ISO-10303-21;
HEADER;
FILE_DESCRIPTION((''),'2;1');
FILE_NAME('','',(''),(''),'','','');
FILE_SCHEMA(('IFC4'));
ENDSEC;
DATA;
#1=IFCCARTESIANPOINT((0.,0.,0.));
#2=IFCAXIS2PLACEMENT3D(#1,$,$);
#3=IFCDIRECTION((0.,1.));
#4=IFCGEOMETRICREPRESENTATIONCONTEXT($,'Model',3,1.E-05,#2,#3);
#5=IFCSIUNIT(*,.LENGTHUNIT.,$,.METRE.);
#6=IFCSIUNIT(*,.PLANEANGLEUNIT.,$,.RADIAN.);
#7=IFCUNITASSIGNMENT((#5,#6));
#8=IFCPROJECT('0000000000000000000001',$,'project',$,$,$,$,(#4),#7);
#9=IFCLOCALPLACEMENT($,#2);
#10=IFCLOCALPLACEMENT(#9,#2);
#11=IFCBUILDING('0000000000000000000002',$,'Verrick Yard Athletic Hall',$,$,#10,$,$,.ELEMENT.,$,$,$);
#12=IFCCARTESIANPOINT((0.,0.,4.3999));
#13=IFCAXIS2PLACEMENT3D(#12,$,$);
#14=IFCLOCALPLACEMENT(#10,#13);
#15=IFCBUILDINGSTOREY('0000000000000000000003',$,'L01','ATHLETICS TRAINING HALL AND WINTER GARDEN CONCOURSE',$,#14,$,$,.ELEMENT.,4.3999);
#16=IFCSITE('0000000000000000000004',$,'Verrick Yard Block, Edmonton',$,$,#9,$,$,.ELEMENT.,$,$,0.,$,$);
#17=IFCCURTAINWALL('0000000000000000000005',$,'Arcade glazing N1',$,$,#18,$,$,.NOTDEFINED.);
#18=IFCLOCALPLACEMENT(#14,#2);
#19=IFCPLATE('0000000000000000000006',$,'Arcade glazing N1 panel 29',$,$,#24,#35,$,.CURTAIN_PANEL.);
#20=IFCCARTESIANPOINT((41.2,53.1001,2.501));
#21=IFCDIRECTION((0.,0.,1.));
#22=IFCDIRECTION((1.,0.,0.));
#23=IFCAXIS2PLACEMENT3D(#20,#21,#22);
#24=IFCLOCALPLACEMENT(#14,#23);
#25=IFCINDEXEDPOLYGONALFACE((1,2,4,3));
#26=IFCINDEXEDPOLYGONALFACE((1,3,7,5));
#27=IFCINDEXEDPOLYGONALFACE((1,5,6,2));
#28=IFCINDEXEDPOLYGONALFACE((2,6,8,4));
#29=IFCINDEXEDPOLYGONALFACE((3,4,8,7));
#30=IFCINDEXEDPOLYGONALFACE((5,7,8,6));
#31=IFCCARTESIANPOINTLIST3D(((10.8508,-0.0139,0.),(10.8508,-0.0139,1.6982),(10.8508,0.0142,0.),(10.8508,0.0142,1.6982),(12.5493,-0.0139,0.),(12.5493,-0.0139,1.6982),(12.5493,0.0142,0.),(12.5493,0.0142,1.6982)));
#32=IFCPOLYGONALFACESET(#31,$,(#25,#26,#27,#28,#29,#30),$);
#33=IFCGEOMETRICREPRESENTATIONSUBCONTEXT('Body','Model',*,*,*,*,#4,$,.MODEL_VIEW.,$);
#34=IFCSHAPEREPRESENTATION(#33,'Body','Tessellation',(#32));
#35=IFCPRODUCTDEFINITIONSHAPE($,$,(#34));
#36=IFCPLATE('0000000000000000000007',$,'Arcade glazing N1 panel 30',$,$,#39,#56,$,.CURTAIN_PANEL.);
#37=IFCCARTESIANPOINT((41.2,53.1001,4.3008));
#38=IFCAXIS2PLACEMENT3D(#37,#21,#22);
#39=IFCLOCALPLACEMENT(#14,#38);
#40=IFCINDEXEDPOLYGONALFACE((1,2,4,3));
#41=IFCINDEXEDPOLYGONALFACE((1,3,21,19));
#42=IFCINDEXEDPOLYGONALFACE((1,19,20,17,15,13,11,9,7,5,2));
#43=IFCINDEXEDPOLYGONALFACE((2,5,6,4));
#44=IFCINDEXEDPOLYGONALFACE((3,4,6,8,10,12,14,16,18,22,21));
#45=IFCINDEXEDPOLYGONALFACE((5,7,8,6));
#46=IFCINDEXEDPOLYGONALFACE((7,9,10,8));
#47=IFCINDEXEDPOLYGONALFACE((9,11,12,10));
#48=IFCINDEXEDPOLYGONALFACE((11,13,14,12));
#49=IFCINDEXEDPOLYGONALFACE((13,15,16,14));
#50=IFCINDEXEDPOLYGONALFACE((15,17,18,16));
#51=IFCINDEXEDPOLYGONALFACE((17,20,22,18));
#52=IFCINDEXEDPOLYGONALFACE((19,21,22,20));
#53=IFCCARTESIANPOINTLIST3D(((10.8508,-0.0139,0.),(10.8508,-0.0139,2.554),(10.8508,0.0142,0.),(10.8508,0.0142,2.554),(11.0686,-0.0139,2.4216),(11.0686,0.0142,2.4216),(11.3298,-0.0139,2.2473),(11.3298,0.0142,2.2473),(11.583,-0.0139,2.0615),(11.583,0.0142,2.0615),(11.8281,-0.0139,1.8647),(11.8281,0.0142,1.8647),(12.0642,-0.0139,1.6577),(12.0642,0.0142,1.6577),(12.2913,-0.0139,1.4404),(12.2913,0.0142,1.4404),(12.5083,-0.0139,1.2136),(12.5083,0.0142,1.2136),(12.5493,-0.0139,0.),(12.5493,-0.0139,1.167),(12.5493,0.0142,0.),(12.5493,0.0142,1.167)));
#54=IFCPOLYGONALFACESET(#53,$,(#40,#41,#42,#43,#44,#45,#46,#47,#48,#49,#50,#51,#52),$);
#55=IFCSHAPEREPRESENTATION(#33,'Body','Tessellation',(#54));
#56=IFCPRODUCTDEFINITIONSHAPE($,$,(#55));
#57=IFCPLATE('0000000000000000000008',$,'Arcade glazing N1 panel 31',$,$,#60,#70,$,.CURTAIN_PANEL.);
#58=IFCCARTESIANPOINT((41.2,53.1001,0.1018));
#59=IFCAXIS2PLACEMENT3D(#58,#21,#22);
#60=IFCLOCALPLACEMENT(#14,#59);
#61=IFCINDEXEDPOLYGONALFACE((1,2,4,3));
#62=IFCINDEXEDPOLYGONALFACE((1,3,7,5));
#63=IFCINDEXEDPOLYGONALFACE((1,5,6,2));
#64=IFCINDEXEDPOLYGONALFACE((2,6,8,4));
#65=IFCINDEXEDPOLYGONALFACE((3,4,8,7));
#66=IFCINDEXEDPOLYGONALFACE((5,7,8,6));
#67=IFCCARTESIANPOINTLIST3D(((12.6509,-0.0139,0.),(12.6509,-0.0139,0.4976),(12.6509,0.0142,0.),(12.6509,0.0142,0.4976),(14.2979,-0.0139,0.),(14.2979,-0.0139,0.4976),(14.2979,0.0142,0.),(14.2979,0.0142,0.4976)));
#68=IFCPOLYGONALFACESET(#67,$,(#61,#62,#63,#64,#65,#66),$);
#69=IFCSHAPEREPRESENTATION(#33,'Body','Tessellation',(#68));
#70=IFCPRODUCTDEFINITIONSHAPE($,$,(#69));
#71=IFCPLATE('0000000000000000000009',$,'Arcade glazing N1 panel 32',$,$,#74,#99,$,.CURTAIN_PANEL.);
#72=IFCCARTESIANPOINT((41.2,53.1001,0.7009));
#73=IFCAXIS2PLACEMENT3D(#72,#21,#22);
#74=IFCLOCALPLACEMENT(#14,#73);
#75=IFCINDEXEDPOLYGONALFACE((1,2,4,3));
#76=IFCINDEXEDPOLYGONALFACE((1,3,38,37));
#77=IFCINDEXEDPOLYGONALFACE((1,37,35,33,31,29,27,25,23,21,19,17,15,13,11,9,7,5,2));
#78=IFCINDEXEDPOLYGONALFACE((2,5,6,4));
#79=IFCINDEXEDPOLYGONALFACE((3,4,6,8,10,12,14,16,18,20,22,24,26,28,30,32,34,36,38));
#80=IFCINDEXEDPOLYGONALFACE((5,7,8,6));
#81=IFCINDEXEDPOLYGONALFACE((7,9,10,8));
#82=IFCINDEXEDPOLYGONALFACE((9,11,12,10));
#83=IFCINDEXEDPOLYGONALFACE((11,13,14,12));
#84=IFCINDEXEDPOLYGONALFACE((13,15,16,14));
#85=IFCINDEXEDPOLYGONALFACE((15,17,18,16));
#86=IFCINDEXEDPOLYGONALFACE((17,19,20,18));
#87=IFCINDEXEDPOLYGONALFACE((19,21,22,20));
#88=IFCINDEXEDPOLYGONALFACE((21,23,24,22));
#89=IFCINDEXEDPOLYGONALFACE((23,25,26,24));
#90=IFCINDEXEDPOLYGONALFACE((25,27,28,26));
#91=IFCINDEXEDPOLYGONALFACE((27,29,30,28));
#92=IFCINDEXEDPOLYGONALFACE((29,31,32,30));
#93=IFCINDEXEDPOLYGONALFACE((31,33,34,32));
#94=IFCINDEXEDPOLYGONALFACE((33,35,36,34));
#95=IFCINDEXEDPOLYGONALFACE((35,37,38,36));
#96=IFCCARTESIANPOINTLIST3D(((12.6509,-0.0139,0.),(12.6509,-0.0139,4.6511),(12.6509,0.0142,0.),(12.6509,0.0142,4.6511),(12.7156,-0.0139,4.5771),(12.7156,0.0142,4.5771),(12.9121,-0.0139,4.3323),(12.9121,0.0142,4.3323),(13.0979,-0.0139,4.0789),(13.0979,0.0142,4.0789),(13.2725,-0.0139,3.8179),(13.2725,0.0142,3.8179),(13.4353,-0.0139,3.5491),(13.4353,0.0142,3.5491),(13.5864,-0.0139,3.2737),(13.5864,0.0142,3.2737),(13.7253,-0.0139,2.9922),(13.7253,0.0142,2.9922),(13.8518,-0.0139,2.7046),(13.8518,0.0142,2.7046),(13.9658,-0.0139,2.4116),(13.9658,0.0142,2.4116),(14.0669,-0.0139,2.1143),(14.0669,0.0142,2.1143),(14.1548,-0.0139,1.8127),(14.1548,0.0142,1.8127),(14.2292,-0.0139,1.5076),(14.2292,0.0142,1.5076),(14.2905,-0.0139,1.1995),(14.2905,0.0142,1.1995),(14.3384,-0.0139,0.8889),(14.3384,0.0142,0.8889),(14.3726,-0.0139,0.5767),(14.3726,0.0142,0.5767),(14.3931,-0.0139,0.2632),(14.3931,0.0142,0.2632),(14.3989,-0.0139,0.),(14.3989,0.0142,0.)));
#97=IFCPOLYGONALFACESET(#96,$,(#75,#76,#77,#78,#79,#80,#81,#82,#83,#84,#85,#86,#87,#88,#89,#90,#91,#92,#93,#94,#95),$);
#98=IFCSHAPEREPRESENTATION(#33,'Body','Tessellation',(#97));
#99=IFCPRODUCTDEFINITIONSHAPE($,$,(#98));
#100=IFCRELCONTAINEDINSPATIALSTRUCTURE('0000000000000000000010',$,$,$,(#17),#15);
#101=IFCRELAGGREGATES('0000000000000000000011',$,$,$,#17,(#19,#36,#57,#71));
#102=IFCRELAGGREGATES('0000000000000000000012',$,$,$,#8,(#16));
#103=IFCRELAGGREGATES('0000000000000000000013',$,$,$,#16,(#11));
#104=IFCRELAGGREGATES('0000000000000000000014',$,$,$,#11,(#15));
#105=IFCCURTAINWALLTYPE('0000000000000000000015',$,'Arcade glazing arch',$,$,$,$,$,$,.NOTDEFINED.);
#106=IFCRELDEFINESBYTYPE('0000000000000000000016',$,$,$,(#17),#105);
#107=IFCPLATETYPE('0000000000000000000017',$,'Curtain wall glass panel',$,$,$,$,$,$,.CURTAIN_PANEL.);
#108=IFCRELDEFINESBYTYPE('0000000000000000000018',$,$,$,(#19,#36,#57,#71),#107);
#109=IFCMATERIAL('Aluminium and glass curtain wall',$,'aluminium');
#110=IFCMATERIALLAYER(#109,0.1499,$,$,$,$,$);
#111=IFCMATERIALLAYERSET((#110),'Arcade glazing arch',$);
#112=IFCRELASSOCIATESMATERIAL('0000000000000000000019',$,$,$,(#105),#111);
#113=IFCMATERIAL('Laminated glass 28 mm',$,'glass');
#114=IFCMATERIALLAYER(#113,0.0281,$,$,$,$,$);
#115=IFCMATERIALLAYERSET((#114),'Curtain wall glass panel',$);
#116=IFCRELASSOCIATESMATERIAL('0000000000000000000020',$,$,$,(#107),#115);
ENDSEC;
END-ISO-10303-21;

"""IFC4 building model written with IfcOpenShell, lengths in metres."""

from ifc_helpers import new_model, si_unit, direction, frame, origin, place, context, subcontext, project, spatial, polyline, outline, extrude, material, layer, layer_set, type_object, element, aggregate, save


model = new_model("IFC4")

# Units and contexts
model_context = context("Model", 3, precision=1e-05, world=origin(), true_north=direction((0.0, 1.0)))
body_context = subcontext(model_context, "Body", "Model", "MODEL_VIEW")
ifc_project = project(units=[si_unit("LENGTHUNIT", "METRE"), si_unit("PLANEANGLEUNIT", "RADIAN")], contexts=[model_context])

# Site, building, storey
site_placement = place(None, origin())
site = spatial("IfcSite", under=ifc_project, at=site_placement, Name="Verrick Yard Block, Edmonton", CompositionType="ELEMENT", RefElevation=0.0)
building_placement = place(site_placement, origin())
building = spatial("IfcBuilding", under=site, at=building_placement, Name="Verrick Yard Athletic Hall", CompositionType="ELEMENT")
storey_placement = place(building_placement, frame((0.0, 0.0, 4.3999)))
storey = spatial("IfcBuildingStorey", under=building, at=storey_placement, Name="L01", Description="ATHLETICS TRAINING HALL AND WINTER GARDEN CONCOURSE", CompositionType="ELEMENT", Elevation=4.3999)

# Curtain wall, plates
ifc_material_1 = material(Name="Aluminium and glass curtain wall", Category="aluminium")
ifc_layer_1 = layer(ifc_material_1, 0.1499)
ifc_layer_set_1 = layer_set([ifc_layer_1], Name="Arcade glazing arch")
curtain_wall_type = type_object("IfcCurtainWallType", Name="Arcade glazing arch", PredefinedType="NOTDEFINED", material=ifc_layer_set_1)
curtain_wall_placement = place(storey_placement, origin())
curtain_wall = element("IfcCurtainWall", 1, at=curtain_wall_placement, inside=storey, type_object=curtain_wall_type, Name="Arcade glazing N1", PredefinedType="NOTDEFINED")
ifc_material_2 = material(Name="Laminated glass 28 mm", Category="glass")
ifc_layer_2 = layer(ifc_material_2, 0.0281)
ifc_layer_set_2 = layer_set([ifc_layer_2], Name="Curtain wall glass panel")
plate_type = type_object("IfcPlateType", Name="Curtain wall glass panel", PredefinedType="CURTAIN_PANEL", material=ifc_layer_set_2)
plate_1_placement = place(storey_placement, frame((41.2, 53.1001, 2.501), z_axis=(0.0, 0.0, 1.0), x_axis=(1.0, 0.0, 0.0)))
plate_1 = element("IfcPlate", 2, at=plate_1_placement, type_object=plate_type, Name="Arcade glazing N1 panel 29", PredefinedType="CURTAIN_PANEL", context=body_context, shape_type="SweptSolid", body=[
    extrude(outline(polyline([(12.5493, 0.0), (12.5493, 1.6982), (10.8508, 1.6982), (10.8508, 0.0), (12.5493, 0.0)])), frame((0.0, 0.0142, 0.0), z_axis=(0.0, -1.0, 0.0), x_axis=(1.0, 0.0, 0.0)), (0.0, 0.0, 1.0), 0.0281),
])
plate_2_placement = place(storey_placement, frame((41.2, 53.1001, 4.3008), z_axis=(0.0, 0.0, 1.0), x_axis=(1.0, 0.0, 0.0)))
plate_2 = element("IfcPlate", 3, at=plate_2_placement, type_object=plate_type, Name="Arcade glazing N1 panel 30", PredefinedType="CURTAIN_PANEL", context=body_context, shape_type="SweptSolid", body=[
    extrude(outline(polyline([(12.5493, 1.167), (12.5083, 1.2136), (12.2913, 1.4404), (12.0642, 1.6577), (11.8281, 1.8647), (11.583, 2.0615), (11.3298, 2.2473), (11.0686, 2.4216), (10.8508, 2.554), (10.8508, 0.0), (12.5493, 0.0), (12.5493, 1.167)])), frame((0.0, 0.0142, 0.0), z_axis=(0.0, -1.0, 0.0), x_axis=(1.0, 0.0, 0.0)), (0.0, 0.0, 1.0), 0.0281),
])
plate_3_placement = place(storey_placement, frame((41.2, 53.1001, 0.1018), z_axis=(0.0, 0.0, 1.0), x_axis=(1.0, 0.0, 0.0)))
plate_3 = element("IfcPlate", 4, at=plate_3_placement, type_object=plate_type, Name="Arcade glazing N1 panel 31", PredefinedType="CURTAIN_PANEL", context=body_context, shape_type="SweptSolid", body=[
    extrude(outline(polyline([(14.2979, 0.0), (14.2979, 0.4976), (12.6509, 0.4976), (12.6509, 0.0), (14.2979, 0.0)])), frame((0.0, 0.0142, 0.0), z_axis=(0.0, -1.0, 0.0), x_axis=(1.0, 0.0, 0.0)), (0.0, 0.0, 1.0), 0.0281),
])
plate_4_placement = place(storey_placement, frame((41.2, 53.1001, 0.7009), z_axis=(0.0, 0.0, 1.0), x_axis=(1.0, 0.0, 0.0)))
plate_4 = element("IfcPlate", 5, at=plate_4_placement, type_object=plate_type, Name="Arcade glazing N1 panel 32", PredefinedType="CURTAIN_PANEL", context=body_context, shape_type="SweptSolid", body=[
    extrude(outline(polyline([(14.3989, 0.0), (14.3931, 0.2632), (14.3726, 0.5767), (14.3384, 0.8889), (14.2905, 1.1995), (14.2292, 1.5076), (14.1548, 1.8127), (14.0669, 2.1143), (13.9658, 2.4116), (13.8518, 2.7046), (13.7253, 2.9922), (13.5864, 3.2737), (13.4353, 3.5491), (13.2725, 3.8179), (13.0979, 4.0789), (12.9121, 4.3323), (12.7156, 4.5771), (12.6509, 4.6511), (12.6509, 0.0), (14.3989, 0.0)])), frame((0.0, 0.0142, 0.0), z_axis=(0.0, -1.0, 0.0), x_axis=(1.0, 0.0, 0.0)), (0.0, 0.0, 1.0), 0.0281),
])
aggregate(curtain_wall, [plate_1, plate_2, plate_3, plate_4])

save(model, "model.ifc")
